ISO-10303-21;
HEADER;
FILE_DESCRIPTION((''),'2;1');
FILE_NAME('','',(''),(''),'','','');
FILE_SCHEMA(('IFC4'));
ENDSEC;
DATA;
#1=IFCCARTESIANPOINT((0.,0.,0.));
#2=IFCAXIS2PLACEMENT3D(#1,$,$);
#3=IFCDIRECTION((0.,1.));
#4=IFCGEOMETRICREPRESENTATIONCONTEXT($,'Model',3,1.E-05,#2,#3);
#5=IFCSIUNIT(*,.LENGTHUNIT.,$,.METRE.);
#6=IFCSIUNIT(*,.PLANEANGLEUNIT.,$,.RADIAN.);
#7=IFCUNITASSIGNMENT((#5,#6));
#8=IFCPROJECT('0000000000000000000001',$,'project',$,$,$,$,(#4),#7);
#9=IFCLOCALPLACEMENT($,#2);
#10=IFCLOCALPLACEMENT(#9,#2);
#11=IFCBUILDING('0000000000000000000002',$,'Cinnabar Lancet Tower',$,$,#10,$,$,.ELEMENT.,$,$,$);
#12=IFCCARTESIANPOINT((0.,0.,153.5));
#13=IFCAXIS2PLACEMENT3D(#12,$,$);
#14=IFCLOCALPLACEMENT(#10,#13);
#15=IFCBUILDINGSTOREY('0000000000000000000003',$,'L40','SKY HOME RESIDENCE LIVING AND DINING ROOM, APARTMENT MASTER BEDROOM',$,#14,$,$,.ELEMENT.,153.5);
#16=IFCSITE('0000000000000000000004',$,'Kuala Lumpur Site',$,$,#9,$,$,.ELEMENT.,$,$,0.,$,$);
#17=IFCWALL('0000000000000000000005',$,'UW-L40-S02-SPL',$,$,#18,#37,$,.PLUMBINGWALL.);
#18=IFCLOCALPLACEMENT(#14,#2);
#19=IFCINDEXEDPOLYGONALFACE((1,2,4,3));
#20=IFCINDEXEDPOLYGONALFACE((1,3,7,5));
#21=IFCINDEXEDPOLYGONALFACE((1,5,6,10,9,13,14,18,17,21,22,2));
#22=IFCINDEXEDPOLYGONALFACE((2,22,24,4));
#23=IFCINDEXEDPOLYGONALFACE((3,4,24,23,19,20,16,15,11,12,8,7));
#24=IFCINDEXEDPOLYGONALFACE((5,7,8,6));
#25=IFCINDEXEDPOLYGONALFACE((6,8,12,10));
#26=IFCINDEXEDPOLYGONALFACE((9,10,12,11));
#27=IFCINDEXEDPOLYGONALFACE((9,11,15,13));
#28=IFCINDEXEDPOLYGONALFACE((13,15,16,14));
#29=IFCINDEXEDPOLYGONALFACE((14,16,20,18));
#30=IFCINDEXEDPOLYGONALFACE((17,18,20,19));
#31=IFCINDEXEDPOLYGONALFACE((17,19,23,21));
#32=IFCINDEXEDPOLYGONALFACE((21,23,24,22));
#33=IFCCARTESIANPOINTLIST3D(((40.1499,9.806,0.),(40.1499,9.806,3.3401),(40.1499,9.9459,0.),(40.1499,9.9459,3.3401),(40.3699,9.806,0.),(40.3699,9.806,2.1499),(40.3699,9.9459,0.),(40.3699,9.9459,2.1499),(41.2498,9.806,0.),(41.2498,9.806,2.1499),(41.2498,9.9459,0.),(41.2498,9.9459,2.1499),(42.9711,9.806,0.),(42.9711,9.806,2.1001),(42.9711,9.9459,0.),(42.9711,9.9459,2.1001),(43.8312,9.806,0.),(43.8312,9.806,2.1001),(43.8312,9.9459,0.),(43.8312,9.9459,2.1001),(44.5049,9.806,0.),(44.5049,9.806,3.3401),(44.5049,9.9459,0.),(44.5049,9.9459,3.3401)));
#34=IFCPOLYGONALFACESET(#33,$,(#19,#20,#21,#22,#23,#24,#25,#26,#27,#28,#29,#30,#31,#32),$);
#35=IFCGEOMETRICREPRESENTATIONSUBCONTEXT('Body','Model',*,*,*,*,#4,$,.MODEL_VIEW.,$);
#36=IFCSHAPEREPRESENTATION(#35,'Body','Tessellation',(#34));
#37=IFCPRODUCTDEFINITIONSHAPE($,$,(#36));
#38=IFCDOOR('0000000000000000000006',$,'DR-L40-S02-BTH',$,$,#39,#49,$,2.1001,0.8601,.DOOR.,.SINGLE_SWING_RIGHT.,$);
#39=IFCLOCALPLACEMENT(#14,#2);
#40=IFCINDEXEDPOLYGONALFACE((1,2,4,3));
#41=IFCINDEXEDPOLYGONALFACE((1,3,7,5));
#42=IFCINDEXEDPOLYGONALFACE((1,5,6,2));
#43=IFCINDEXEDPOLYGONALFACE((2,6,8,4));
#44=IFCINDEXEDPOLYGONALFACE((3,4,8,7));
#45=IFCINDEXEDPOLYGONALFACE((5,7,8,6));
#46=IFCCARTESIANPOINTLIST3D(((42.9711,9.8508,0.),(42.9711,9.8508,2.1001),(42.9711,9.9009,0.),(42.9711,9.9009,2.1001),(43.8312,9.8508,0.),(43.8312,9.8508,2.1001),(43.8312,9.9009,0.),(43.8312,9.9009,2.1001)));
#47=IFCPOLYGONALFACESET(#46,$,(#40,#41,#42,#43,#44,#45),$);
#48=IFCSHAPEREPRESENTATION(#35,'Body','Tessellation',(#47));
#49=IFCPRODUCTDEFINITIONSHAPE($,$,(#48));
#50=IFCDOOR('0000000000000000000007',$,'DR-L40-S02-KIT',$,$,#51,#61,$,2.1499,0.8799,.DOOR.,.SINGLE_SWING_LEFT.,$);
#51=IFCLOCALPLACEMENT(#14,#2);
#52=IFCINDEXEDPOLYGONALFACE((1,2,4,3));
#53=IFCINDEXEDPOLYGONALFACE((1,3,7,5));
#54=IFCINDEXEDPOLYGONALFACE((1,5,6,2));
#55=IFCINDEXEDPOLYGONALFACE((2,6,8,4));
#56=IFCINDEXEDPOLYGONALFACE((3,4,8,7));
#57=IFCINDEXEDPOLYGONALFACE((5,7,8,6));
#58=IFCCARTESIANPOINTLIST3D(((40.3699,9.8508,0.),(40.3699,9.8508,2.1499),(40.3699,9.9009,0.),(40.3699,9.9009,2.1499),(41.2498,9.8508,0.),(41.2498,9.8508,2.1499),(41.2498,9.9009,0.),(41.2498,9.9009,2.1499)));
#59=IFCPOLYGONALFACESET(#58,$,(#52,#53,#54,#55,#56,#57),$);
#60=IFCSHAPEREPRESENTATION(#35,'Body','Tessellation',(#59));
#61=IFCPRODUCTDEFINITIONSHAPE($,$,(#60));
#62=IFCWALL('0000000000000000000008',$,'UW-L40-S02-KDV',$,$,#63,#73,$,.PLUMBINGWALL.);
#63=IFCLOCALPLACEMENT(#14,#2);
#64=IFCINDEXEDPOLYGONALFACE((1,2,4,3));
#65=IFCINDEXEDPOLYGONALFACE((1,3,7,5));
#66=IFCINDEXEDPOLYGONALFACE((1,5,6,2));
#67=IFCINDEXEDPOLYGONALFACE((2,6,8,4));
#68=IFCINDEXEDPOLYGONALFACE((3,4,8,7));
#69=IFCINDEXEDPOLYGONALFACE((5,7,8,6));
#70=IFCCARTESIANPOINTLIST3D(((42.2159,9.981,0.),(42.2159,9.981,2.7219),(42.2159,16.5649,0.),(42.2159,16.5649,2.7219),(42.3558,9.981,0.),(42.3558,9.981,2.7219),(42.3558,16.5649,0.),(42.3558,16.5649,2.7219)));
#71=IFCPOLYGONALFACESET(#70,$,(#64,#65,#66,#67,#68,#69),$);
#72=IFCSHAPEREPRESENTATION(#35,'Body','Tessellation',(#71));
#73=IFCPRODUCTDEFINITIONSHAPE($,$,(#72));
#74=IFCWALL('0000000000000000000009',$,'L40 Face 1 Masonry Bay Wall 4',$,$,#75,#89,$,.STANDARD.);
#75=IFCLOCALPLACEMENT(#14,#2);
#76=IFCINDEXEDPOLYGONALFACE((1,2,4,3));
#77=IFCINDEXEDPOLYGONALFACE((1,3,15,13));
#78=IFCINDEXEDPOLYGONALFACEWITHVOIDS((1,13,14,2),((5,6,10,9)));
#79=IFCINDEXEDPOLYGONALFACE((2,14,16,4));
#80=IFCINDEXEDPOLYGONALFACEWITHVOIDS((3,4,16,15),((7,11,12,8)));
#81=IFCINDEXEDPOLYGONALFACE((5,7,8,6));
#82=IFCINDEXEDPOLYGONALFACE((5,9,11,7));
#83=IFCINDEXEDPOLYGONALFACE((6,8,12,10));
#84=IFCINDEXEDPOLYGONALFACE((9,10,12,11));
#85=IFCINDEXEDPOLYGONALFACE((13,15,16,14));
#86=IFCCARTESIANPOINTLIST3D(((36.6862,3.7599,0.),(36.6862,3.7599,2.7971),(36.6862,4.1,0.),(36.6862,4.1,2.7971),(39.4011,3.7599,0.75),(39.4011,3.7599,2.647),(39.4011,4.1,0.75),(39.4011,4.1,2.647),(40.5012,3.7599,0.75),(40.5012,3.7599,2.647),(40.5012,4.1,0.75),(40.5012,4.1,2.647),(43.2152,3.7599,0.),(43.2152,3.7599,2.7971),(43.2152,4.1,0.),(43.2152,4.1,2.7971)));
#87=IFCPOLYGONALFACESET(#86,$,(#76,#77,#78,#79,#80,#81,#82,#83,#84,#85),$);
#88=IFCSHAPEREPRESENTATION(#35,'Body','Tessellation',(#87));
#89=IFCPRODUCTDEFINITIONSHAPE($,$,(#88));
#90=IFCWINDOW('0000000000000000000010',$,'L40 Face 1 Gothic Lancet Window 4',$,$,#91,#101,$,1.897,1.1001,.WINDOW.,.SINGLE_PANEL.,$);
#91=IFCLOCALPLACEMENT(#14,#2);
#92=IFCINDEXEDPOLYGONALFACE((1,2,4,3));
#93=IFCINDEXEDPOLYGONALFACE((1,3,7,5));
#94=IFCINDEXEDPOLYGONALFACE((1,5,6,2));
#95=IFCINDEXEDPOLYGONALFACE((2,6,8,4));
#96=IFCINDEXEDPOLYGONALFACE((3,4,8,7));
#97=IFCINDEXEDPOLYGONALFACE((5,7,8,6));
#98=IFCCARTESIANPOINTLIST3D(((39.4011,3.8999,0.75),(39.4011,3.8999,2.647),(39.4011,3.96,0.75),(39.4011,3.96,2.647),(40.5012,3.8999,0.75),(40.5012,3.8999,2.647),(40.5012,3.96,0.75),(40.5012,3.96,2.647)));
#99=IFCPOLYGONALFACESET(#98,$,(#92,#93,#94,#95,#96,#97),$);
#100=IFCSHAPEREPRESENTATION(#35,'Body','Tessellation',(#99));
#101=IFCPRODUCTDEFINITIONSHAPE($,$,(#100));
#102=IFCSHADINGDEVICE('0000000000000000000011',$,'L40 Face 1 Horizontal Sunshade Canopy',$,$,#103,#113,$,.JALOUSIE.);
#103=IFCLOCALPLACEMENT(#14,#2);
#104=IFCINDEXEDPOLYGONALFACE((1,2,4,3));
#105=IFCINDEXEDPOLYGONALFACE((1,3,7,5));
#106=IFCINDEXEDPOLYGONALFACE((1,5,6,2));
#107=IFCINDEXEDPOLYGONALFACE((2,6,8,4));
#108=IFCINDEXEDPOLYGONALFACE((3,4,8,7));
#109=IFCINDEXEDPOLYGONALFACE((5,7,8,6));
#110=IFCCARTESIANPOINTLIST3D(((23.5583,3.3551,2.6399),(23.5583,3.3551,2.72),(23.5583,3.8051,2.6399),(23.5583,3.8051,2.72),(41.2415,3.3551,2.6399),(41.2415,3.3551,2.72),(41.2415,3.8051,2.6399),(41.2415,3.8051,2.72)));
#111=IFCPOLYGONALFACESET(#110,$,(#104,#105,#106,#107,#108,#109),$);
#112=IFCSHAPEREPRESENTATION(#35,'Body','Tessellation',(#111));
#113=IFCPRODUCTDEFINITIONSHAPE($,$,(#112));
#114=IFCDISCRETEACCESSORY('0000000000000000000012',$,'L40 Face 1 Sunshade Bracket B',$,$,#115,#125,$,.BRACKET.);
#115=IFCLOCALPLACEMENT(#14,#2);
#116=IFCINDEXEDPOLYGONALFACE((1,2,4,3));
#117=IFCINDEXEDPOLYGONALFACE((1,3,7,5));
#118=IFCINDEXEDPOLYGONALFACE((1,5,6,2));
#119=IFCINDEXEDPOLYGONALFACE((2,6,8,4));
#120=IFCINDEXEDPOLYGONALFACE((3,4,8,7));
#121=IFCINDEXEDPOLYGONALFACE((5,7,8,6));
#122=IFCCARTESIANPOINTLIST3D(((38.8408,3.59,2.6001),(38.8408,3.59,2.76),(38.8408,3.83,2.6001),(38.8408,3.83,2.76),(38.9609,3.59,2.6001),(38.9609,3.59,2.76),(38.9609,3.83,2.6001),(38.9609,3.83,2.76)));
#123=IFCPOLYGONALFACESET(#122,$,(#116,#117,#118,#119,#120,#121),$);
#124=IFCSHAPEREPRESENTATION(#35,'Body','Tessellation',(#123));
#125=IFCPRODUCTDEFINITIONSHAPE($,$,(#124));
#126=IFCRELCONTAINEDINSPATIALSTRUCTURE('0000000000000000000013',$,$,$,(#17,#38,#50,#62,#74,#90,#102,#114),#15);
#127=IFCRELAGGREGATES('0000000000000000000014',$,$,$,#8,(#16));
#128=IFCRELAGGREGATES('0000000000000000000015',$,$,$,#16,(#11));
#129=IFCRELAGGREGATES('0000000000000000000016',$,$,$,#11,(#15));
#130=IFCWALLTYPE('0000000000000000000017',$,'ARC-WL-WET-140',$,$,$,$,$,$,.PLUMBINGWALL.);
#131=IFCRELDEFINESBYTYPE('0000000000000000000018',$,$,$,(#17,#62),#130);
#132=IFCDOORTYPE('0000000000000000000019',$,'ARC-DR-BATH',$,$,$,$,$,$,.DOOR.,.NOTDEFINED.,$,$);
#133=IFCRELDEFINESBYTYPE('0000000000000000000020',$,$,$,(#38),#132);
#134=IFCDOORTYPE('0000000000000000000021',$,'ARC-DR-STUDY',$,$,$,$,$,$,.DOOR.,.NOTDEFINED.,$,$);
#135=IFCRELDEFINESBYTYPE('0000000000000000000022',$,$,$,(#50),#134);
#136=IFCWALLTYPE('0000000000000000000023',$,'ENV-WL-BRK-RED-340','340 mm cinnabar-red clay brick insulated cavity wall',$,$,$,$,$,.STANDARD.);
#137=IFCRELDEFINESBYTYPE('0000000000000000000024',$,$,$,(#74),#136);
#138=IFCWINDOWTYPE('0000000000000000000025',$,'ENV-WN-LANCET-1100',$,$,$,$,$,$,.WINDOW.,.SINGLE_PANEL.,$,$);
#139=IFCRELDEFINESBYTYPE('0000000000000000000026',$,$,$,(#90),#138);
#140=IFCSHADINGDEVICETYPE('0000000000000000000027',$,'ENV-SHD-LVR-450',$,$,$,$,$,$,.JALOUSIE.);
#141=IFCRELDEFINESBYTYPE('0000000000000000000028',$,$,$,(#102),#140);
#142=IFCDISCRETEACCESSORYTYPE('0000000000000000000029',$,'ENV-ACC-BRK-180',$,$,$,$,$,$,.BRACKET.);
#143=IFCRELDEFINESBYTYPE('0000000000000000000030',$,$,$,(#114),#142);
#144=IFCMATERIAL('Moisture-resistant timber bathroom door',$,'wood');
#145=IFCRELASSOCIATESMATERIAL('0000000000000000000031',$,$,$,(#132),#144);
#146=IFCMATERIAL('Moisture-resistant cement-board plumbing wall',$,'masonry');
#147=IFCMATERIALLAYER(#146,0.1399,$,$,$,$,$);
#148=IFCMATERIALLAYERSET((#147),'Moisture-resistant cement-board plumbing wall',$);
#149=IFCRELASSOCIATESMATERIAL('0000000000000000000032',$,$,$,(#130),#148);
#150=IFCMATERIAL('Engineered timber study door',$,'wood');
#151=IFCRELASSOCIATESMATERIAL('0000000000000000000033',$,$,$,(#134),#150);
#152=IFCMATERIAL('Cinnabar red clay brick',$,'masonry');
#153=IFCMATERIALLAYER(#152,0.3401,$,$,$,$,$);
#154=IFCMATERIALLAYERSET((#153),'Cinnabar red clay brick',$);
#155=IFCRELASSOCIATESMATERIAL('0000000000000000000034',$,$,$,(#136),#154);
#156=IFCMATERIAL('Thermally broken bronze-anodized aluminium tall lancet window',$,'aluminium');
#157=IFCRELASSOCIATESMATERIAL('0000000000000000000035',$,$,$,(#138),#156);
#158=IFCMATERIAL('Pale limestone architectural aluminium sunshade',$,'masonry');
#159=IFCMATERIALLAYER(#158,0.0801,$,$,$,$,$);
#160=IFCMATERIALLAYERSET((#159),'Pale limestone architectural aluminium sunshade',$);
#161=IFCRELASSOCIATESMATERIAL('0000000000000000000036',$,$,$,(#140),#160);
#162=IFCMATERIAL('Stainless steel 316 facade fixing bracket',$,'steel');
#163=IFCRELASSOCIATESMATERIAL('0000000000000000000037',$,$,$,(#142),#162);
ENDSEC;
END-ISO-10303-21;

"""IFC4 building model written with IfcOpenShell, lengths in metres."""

from ifc_helpers import new_model, si_unit, direction, frame, frame_2d, origin, origin_2d, place, context, subcontext, project, spatial, rectangle, extrude, material, layer, layer_set, type_object, element, fill, save


model = new_model("IFC4")

# Units and contexts
model_context = context("Model", 3, precision=1e-05, world=origin(), true_north=direction((0.0, 1.0)))
body_context = subcontext(model_context, "Body", "Model", "MODEL_VIEW")
ifc_project = project(units=[si_unit("LENGTHUNIT", "METRE"), si_unit("PLANEANGLEUNIT", "RADIAN")], contexts=[model_context])

# Site, building, storey
site_placement = place(None, origin())
site = spatial("IfcSite", under=ifc_project, at=site_placement, Name="Kuala Lumpur Site", CompositionType="ELEMENT", RefElevation=0.0)
building_placement = place(site_placement, origin())
building = spatial("IfcBuilding", under=site, at=building_placement, Name="Cinnabar Lancet Tower", CompositionType="ELEMENT")
storey_placement = place(building_placement, frame((0.0, 0.0, 153.5)))
storey = spatial("IfcBuildingStorey", under=building, at=storey_placement, Name="L40", Description="SKY HOME RESIDENCE LIVING AND DINING ROOM, APARTMENT MASTER BEDROOM", CompositionType="ELEMENT", Elevation=153.5)

# Shared definitions
ifc_material_1 = material(Name="Moisture-resistant timber bathroom door", Category="wood")
door_type_1 = type_object("IfcDoorType", Name="ARC-DR-BATH", OperationType="NOTDEFINED", PredefinedType="DOOR", material=ifc_material_1)

# Shared definitions
ifc_material_2 = material(Name="Moisture-resistant cement-board plumbing wall", Category="masonry")
ifc_layer_1 = layer(ifc_material_2, 0.1399)
ifc_layer_set_1 = layer_set([ifc_layer_1], Name="Moisture-resistant cement-board plumbing wall")
wall_type_1 = type_object("IfcWallType", Name="ARC-WL-WET-140", PredefinedType="PLUMBINGWALL", material=ifc_layer_set_1)

# Wall, openings, doors
wall_1_placement = place(storey_placement, frame((40.1499, 9.876, 0.0), z_axis=(0.0, 0.0, 1.0), x_axis=(1.0, 0.0, 0.0)))
wall_1 = element("IfcWall", 1, at=wall_1_placement, inside=storey, type_object=wall_type_1, Name="UW-L40-S02-SPL", PredefinedType="PLUMBINGWALL", context=body_context, shape_type="SweptSolid", body=[
    extrude(rectangle(XDim=4.355, YDim=0.1399, at=frame_2d((2.1775, 0.0))), origin(), (0.0, 0.0, 1.0), 3.3401),
])
opening_1_placement = place(wall_1_placement, frame((2.821, 0.0, 0.0)))
opening_1 = element("IfcOpeningElement", 2, at=opening_1_placement, cuts=wall_1, PredefinedType="OPENING", context=body_context, shape_type="SweptSolid", body=[
    extrude(rectangle(XDim=0.8601, YDim=2.1001, at=frame_2d((0.4302, 1.05))), frame((0.0, 0.0798, 0.0), z_axis=(0.0, -1.0, 0.0), x_axis=(1.0, 0.0, 0.0)), (0.0, 0.0, 1.0), 0.1599),
])
opening_2_placement = place(wall_1_placement, frame((0.22, 0.0, 0.0)))
opening_2 = element("IfcOpeningElement", 3, at=opening_2_placement, cuts=wall_1, PredefinedType="OPENING", context=body_context, shape_type="SweptSolid", body=[
    extrude(rectangle(XDim=0.8799, YDim=2.1499, at=frame_2d((0.4399, 1.075))), frame((0.0, 0.0798, 0.0), z_axis=(0.0, -1.0, 0.0), x_axis=(1.0, 0.0, 0.0)), (0.0, 0.0, 1.0), 0.1599),
])
door_1_placement = place(opening_1_placement, origin())
door_1 = element("IfcDoor", 4, at=door_1_placement, inside=storey, type_object=door_type_1, Name="DR-L40-S02-BTH", OperationType="SINGLE_SWING_RIGHT", OverallHeight=2.1001, OverallWidth=0.8601, PredefinedType="DOOR", context=body_context, shape_type="SweptSolid", body=[
    extrude(rectangle(XDim=0.8601, YDim=2.1001, at=frame_2d((0.4302, 1.05))), frame((0.0, 0.0249, 0.0), z_axis=(0.0, -1.0, 0.0), x_axis=(1.0, 0.0, 0.0)), (0.0, 0.0, 1.0), 0.05),
])
fill(opening_1, door_1)
ifc_material_3 = material(Name="Engineered timber study door", Category="wood")
door_type_2 = type_object("IfcDoorType", Name="ARC-DR-STUDY", OperationType="NOTDEFINED", PredefinedType="DOOR", material=ifc_material_3)
door_2_placement = place(opening_2_placement, origin())
door_2 = element("IfcDoor", 5, at=door_2_placement, inside=storey, type_object=door_type_2, Name="DR-L40-S02-KIT", OperationType="SINGLE_SWING_LEFT", OverallHeight=2.1499, OverallWidth=0.8799, PredefinedType="DOOR", context=body_context, shape_type="SweptSolid", body=[
    extrude(rectangle(XDim=0.8799, YDim=2.1499, at=frame_2d((0.4399, 1.075))), frame((0.0, 0.0249, 0.0), z_axis=(0.0, -1.0, 0.0), x_axis=(1.0, 0.0, 0.0)), (0.0, 0.0, 1.0), 0.05),
])
fill(opening_2, door_2)

# Wall
wall_2_placement = place(storey_placement, frame((42.2859, 9.981, 0.0), z_axis=(0.0, 0.0, 1.0), x_axis=(0.0, 1.0, 0.0)))
element("IfcWall", 6, at=wall_2_placement, inside=storey, type_object=wall_type_1, Name="UW-L40-S02-KDV", PredefinedType="PLUMBINGWALL", context=body_context, shape_type="SweptSolid", body=[
    extrude(rectangle(XDim=6.584, YDim=0.1399, at=frame_2d((3.292, 0.0))), origin(), (0.0, 0.0, 1.0), 2.7219),
])

# Wall, opening, window
ifc_material_4 = material(Name="Cinnabar red clay brick", Category="masonry")
ifc_layer_2 = layer(ifc_material_4, 0.3401)
ifc_layer_set_2 = layer_set([ifc_layer_2], Name="Cinnabar red clay brick")
wall_type_2 = type_object("IfcWallType", Name="ENV-WL-BRK-RED-340", Description="340 mm cinnabar-red clay brick insulated cavity wall", PredefinedType="STANDARD", material=ifc_layer_set_2)
wall_3_placement = place(storey_placement, frame((36.686, 3.9299, 0.0), z_axis=(0.0, 0.0, 1.0), x_axis=(1.0, 0.0, 0.0)))
wall_3 = element("IfcWall", 7, at=wall_3_placement, inside=storey, type_object=wall_type_2, Name="L40 Face 1 Masonry Bay Wall 4", PredefinedType="STANDARD", context=body_context, shape_type="SweptSolid", body=[
    extrude(rectangle(XDim=6.5291, YDim=0.3401, at=frame_2d((3.2646, 0.0))), origin(), (0.0, 0.0, 1.0), 2.7971),
])
opening_3_placement = place(wall_3_placement, frame((2.7151, 0.0, 0.75)))
opening_3 = element("IfcOpeningElement", 8, at=opening_3_placement, cuts=wall_3, PredefinedType="OPENING", context=body_context, shape_type="SweptSolid", body=[
    extrude(rectangle(XDim=1.1001, YDim=1.897, at=frame_2d((0.55, 0.9485))), frame((0.0, 0.1799, 0.0), z_axis=(0.0, -1.0, 0.0), x_axis=(1.0, 0.0, 0.0)), (0.0, 0.0, 1.0), 0.3601),
])
ifc_material_5 = material(Name="Thermally broken bronze-anodized aluminium tall lancet window", Category="aluminium")
window_type = type_object("IfcWindowType", Name="ENV-WN-LANCET-1100", PartitioningType="SINGLE_PANEL", PredefinedType="WINDOW", material=ifc_material_5)
window_placement = place(opening_3_placement, origin())
window = element("IfcWindow", 9, at=window_placement, inside=storey, type_object=window_type, Name="L40 Face 1 Gothic Lancet Window 4", OverallHeight=1.897, OverallWidth=1.1001, PartitioningType="SINGLE_PANEL", PredefinedType="WINDOW", context=body_context, shape_type="SweptSolid", body=[
    extrude(rectangle(XDim=1.1001, YDim=1.897, at=frame_2d((0.55, 0.9485))), frame((0.0, 0.03, 0.0), z_axis=(0.0, -1.0, 0.0), x_axis=(1.0, 0.0, 0.0)), (0.0, 0.0, 1.0), 0.0601),
])
fill(opening_3, window)

# Shading device
ifc_material_6 = material(Name="Pale limestone architectural aluminium sunshade", Category="masonry")
ifc_layer_3 = layer(ifc_material_6, 0.0801)
ifc_layer_set_3 = layer_set([ifc_layer_3], Name="Pale limestone architectural aluminium sunshade")
shading_device_type = type_object("IfcShadingDeviceType", Name="ENV-SHD-LVR-450", PredefinedType="JALOUSIE", material=ifc_layer_set_3)
shading_device_placement = place(storey_placement, frame((32.3999, 3.5801, 2.6399), z_axis=(0.0, 0.0, 1.0), x_axis=(1.0, 0.0, 0.0)))
element("IfcShadingDevice", 10, at=shading_device_placement, inside=storey, type_object=shading_device_type, Name="L40 Face 1 Horizontal Sunshade Canopy", PredefinedType="JALOUSIE", context=body_context, shape_type="SweptSolid", body=[
    extrude(rectangle(XDim=17.6831, YDim=0.45, at=origin_2d()), origin(), (0.0, 0.0, 1.0), 0.0801),
])

# Discrete accessory
ifc_material_7 = material(Name="Stainless steel 316 facade fixing bracket", Category="steel")
discrete_accessory_type = type_object("IfcDiscreteAccessoryType", Name="ENV-ACC-BRK-180", PredefinedType="BRACKET", material=ifc_material_7)
discrete_accessory_placement = place(storey_placement, frame((38.9009, 3.71, 2.6001), z_axis=(0.0, 0.0, 1.0), x_axis=(1.0, 0.0, 0.0)))
element("IfcDiscreteAccessory", 11, at=discrete_accessory_placement, inside=storey, type_object=discrete_accessory_type, Name="L40 Face 1 Sunshade Bracket B", PredefinedType="BRACKET", context=body_context, shape_type="SweptSolid", body=[
    extrude(rectangle(XDim=0.1201, YDim=0.24, at=origin_2d()), origin(), (0.0, 0.0, 1.0), 0.1599),
])

save(model, "model.ifc")
